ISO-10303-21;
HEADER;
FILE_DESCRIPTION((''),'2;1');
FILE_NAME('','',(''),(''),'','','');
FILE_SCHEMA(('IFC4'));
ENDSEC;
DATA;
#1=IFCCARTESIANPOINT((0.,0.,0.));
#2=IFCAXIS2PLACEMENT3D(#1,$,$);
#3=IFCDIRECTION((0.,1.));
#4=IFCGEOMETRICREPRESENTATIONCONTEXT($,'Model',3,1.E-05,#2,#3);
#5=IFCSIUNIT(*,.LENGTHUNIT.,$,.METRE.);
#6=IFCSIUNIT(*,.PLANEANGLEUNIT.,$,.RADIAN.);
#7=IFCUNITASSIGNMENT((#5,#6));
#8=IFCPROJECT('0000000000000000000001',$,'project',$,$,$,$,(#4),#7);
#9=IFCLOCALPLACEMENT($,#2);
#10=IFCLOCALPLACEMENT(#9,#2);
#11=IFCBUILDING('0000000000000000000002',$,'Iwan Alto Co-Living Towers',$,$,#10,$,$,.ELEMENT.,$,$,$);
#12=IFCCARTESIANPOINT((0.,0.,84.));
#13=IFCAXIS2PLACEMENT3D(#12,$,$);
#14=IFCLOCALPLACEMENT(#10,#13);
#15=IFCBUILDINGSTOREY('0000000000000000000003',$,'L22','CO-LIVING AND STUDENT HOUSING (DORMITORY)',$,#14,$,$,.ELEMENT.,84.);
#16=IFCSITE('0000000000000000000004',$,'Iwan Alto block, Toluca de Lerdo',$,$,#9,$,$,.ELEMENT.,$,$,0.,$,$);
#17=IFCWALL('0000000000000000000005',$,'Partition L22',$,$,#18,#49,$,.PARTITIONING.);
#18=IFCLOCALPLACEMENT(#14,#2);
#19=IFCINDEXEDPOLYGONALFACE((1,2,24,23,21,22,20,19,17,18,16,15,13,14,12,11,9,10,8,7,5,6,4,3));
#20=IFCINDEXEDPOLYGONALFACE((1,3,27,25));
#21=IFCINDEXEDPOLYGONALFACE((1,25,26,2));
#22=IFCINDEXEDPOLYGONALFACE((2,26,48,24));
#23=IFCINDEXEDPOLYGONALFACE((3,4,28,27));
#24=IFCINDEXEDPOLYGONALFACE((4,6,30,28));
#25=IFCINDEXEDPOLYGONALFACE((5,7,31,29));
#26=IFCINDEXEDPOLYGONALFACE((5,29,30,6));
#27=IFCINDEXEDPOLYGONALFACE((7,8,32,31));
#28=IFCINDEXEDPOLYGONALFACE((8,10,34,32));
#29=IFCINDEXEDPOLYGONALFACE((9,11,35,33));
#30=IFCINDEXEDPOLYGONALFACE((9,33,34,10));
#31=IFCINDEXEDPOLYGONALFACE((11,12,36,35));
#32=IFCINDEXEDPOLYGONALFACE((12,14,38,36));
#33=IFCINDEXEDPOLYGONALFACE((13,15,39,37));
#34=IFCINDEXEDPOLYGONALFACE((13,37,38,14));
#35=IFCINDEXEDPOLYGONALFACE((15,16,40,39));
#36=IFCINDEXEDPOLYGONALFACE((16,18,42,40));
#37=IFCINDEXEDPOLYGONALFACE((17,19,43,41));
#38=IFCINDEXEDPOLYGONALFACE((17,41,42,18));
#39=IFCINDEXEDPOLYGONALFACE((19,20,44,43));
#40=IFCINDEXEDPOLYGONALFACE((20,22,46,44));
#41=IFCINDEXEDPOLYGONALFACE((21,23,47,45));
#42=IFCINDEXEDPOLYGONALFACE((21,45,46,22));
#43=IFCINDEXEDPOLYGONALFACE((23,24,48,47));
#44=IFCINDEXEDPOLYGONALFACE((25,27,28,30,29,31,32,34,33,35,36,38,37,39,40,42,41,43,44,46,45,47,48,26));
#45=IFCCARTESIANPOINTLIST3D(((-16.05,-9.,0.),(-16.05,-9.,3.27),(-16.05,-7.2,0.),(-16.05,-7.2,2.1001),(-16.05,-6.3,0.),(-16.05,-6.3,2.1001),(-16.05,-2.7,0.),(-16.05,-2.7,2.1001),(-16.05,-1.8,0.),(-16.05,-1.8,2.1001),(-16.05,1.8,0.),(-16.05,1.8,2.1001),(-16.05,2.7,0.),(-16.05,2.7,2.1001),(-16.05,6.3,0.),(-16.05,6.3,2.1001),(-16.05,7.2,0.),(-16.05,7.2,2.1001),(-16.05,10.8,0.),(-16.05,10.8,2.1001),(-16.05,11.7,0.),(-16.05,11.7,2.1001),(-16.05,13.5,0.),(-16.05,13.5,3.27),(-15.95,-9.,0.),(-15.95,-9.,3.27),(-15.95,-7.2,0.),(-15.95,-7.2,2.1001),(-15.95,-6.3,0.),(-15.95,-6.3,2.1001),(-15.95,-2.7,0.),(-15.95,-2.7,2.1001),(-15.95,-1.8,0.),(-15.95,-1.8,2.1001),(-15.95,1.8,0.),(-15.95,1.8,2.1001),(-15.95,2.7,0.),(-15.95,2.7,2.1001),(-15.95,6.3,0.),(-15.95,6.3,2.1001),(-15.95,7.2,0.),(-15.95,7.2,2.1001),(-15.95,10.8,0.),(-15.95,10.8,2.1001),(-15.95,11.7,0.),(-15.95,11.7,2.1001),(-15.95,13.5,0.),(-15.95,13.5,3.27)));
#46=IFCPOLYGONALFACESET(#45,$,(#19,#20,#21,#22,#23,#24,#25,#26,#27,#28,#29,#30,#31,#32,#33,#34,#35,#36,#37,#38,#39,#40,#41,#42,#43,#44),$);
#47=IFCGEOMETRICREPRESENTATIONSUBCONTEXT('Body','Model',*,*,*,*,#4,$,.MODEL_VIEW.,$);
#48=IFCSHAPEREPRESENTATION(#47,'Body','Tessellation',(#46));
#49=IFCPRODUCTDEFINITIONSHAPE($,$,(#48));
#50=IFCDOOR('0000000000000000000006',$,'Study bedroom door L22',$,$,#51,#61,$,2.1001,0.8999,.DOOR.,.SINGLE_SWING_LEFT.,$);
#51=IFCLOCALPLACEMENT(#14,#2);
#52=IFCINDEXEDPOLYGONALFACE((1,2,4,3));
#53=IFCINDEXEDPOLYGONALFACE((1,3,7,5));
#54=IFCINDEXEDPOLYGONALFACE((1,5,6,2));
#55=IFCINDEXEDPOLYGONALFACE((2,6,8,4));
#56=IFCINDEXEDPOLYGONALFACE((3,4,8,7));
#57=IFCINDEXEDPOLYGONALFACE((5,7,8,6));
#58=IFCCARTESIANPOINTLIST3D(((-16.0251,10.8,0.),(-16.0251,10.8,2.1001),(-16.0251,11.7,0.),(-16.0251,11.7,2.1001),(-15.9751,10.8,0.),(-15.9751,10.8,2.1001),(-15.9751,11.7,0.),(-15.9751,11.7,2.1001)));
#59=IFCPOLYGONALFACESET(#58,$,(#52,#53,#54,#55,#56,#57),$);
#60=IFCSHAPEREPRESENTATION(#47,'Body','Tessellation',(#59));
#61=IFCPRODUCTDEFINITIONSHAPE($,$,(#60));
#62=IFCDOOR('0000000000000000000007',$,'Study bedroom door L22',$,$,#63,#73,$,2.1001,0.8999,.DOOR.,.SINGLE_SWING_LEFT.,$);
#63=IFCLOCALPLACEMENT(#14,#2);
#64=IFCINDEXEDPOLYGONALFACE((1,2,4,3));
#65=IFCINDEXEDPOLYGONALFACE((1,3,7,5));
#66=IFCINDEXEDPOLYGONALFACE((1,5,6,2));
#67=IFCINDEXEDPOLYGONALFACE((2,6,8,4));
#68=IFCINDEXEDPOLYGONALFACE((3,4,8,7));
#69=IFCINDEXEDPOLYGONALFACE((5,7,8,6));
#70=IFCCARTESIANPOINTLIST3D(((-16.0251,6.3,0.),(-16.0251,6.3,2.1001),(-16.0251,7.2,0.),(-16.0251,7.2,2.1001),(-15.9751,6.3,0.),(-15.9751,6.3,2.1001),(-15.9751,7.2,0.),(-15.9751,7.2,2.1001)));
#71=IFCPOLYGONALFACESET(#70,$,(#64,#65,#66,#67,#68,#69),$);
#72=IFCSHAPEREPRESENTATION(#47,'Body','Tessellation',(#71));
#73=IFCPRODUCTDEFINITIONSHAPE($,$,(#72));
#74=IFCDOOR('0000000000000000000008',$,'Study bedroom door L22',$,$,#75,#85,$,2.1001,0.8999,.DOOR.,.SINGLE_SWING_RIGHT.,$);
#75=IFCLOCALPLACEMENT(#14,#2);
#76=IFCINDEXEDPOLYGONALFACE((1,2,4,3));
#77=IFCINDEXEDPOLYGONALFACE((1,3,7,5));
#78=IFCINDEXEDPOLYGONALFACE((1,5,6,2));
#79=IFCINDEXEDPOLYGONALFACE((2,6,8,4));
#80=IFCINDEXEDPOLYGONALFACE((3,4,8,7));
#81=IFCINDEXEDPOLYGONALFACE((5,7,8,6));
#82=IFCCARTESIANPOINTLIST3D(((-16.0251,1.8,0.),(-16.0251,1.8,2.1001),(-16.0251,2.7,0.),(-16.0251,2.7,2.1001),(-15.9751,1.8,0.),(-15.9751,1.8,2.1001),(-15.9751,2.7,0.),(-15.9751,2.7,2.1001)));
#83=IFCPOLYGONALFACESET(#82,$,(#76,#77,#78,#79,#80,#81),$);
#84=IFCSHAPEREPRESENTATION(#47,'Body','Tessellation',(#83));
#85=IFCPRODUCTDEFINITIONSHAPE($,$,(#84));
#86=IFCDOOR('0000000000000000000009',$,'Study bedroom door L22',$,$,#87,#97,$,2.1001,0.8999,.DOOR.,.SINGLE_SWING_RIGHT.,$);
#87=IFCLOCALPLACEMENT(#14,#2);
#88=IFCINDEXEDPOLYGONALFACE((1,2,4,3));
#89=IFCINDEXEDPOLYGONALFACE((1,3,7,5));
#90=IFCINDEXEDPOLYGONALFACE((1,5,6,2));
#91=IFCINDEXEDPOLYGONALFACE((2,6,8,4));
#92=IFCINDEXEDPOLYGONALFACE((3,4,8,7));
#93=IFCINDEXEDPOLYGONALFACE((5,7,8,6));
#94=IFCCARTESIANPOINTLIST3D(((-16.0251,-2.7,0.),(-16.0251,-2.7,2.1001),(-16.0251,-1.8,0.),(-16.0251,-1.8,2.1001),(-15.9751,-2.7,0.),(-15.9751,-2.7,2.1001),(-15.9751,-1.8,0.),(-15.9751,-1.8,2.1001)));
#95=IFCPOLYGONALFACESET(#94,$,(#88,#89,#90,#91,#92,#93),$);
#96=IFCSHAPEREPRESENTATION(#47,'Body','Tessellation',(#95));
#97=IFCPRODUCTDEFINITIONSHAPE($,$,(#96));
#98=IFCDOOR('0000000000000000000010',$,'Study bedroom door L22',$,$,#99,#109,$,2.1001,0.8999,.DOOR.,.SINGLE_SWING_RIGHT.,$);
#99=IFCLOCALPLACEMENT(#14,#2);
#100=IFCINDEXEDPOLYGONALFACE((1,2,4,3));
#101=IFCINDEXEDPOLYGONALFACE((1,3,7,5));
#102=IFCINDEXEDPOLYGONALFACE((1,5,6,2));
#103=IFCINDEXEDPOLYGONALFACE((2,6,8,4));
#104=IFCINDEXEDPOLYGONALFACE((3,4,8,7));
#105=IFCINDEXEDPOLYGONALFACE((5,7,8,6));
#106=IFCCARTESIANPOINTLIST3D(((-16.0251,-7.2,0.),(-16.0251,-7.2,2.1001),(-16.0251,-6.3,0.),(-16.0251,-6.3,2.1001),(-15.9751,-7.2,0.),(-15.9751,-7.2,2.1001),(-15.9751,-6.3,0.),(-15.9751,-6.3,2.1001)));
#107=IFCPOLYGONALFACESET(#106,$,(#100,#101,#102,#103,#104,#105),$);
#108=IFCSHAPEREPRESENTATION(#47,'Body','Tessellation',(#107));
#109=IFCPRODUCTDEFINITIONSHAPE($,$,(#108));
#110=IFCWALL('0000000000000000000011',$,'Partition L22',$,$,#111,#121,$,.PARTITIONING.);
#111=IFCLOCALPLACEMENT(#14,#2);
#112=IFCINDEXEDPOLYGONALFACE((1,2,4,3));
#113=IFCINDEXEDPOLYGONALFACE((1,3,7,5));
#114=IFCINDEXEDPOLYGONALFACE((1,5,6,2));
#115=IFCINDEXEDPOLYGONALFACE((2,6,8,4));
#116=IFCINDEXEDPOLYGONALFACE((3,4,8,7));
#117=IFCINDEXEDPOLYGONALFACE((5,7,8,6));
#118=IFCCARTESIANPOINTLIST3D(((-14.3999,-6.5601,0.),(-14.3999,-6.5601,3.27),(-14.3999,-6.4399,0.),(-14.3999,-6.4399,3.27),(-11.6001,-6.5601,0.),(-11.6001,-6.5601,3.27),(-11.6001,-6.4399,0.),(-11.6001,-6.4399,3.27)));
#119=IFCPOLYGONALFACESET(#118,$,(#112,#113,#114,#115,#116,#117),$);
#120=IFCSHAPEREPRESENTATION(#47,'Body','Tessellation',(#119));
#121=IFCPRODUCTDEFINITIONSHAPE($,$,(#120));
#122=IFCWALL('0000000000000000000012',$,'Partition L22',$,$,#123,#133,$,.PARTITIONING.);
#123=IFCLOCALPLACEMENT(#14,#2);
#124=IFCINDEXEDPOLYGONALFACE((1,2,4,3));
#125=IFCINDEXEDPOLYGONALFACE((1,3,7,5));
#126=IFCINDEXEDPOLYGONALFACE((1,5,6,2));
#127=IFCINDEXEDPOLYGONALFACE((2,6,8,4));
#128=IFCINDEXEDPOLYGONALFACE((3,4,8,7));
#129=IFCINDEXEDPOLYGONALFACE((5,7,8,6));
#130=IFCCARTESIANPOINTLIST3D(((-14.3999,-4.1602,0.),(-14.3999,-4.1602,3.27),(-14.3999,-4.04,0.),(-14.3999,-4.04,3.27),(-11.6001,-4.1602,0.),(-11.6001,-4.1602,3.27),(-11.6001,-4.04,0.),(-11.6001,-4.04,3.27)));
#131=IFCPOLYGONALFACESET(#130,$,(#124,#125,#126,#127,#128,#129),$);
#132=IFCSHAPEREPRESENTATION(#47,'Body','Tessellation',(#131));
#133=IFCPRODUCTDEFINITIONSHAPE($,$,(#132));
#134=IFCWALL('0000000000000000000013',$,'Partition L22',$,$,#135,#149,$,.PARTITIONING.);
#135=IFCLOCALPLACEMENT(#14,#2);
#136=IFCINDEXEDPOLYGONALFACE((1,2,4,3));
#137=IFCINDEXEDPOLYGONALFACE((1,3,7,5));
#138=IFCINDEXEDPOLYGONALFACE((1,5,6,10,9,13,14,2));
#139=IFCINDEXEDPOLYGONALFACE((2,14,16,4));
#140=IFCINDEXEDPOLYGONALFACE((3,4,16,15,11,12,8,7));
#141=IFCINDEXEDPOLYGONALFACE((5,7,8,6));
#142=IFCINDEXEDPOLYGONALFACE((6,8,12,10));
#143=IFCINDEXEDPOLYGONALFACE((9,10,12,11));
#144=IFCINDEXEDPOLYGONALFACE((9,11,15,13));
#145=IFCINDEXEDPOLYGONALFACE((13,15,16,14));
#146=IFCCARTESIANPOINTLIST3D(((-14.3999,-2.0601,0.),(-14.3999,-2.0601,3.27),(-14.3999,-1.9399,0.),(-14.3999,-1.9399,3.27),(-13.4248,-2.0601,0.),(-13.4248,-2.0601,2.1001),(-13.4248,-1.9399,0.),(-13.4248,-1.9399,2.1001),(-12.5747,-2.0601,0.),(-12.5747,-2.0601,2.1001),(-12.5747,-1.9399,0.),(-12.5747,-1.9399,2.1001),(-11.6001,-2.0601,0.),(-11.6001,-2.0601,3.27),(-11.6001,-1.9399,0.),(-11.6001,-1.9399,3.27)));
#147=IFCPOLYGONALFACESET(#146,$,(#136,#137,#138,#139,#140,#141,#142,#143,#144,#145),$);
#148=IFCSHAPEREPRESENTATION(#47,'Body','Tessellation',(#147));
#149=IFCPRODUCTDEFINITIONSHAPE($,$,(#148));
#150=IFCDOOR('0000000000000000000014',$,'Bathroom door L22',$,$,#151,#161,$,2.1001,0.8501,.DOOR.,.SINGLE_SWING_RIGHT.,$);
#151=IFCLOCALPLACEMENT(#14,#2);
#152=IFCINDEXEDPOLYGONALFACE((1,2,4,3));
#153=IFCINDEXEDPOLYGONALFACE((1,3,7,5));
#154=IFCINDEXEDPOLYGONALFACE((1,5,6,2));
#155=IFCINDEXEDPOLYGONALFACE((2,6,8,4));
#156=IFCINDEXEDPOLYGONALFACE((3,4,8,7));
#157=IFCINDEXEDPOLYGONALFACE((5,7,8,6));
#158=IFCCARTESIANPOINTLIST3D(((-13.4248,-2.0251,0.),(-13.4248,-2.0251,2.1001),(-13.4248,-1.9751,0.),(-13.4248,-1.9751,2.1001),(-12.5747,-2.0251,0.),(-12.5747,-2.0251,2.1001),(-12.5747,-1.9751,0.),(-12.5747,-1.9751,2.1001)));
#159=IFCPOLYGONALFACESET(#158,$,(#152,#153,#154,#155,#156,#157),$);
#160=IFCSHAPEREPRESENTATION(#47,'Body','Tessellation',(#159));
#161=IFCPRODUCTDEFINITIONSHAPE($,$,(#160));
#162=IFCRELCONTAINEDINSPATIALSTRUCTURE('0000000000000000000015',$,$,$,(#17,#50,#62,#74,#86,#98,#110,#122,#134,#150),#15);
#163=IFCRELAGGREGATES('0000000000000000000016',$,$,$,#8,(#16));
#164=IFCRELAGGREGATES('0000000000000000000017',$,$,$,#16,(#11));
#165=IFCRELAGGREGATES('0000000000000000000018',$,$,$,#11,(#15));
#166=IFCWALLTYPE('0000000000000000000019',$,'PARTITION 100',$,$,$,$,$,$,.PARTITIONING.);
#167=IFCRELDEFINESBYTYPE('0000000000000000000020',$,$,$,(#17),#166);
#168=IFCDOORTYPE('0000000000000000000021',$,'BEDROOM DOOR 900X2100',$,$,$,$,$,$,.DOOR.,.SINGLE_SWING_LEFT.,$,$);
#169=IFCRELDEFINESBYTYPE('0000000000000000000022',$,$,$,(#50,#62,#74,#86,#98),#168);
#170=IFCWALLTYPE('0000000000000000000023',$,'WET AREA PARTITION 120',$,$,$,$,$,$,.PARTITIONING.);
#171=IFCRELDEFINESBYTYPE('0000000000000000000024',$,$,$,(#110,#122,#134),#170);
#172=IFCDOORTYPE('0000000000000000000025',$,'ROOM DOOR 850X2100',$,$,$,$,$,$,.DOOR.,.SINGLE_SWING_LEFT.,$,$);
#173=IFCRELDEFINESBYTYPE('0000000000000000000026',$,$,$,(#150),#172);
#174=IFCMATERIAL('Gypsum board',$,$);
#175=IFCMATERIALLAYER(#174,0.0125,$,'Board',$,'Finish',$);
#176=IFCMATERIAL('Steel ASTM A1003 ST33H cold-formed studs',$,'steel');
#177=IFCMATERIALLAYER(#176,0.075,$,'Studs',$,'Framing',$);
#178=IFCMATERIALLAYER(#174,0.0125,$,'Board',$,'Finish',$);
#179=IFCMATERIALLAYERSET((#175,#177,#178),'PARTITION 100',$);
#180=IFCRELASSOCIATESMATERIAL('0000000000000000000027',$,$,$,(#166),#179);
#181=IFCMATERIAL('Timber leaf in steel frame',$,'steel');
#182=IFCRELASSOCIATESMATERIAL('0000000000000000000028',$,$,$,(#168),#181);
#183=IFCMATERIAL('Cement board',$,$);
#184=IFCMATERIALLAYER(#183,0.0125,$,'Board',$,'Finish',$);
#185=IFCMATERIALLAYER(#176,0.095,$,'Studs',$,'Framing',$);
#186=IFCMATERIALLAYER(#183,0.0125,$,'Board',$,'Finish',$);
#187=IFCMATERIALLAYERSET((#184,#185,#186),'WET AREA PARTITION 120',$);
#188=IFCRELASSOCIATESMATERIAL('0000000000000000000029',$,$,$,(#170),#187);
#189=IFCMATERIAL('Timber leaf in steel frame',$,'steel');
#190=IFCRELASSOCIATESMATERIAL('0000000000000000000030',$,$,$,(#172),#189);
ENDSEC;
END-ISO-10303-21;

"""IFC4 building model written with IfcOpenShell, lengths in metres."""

from ifc_helpers import new_model, si_unit, direction, frame, frame_2d, origin, place, context, subcontext, project, spatial, rectangle, extrude, material, layer, layer_set, type_object, element, fill, save


model = new_model("IFC4")

# Units and contexts
model_context = context("Model", 3, precision=1e-05, world=origin(), true_north=direction((0.0, 1.0)))
body_context = subcontext(model_context, "Body", "Model", "MODEL_VIEW")
ifc_project = project(units=[si_unit("LENGTHUNIT", "METRE"), si_unit("PLANEANGLEUNIT", "RADIAN")], contexts=[model_context])

# Site, building, storey
site_placement = place(None, origin())
site = spatial("IfcSite", under=ifc_project, at=site_placement, Name="Iwan Alto block, Toluca de Lerdo", CompositionType="ELEMENT", RefElevation=0.0)
building_placement = place(site_placement, origin())
building = spatial("IfcBuilding", under=site, at=building_placement, Name="Iwan Alto Co-Living Towers", CompositionType="ELEMENT")
storey_placement = place(building_placement, frame((0.0, 0.0, 84.0)))
storey = spatial("IfcBuildingStorey", under=building, at=storey_placement, Name="L22", Description="CO-LIVING AND STUDENT HOUSING (DORMITORY)", CompositionType="ELEMENT", Elevation=84.0)

# Shared definitions
ifc_material_1 = material(Name="Gypsum board")
ifc_material_2 = material(Name="Steel ASTM A1003 ST33H cold-formed studs", Category="steel")

# Wall, openings, doors
ifc_layer_1 = layer(ifc_material_1, 0.0125, Name="Board", Category="Finish")
ifc_layer_2 = layer(ifc_material_2, 0.075, Name="Studs", Category="Framing")
ifc_layer_3 = layer(ifc_material_1, 0.0125, Name="Board", Category="Finish")
ifc_layer_set_1 = layer_set([ifc_layer_1, ifc_layer_2, ifc_layer_3], Name="PARTITION 100")
wall_type_1 = type_object("IfcWallType", Name="PARTITION 100", PredefinedType="PARTITIONING", material=ifc_layer_set_1)
wall_1_placement = place(storey_placement, frame((-16.0, -9.0, 0.0), z_axis=(0.0, 0.0, 1.0), x_axis=(0.0, 1.0, 0.0)))
wall_1 = element("IfcWall", 1, at=wall_1_placement, inside=storey, type_object=wall_type_1, Name="Partition L22", PredefinedType="PARTITIONING", context=body_context, shape_type="SweptSolid", body=[
    extrude(rectangle(XDim=22.5, YDim=0.1001, at=frame_2d((11.25, 0.0))), origin(), (0.0, 0.0, 1.0), 3.27),
])
opening_1_placement = place(wall_1_placement, frame((19.8, 0.0, 0.0)))
opening_1 = element("IfcOpeningElement", 2, at=opening_1_placement, cuts=wall_1, PredefinedType="OPENING", context=body_context, shape_type="SweptSolid", body=[
    extrude(rectangle(XDim=0.8999, YDim=2.1001, at=frame_2d((0.45, 1.05))), frame((0.0, 0.0601, 0.0), z_axis=(0.0, -1.0, 0.0), x_axis=(1.0, 0.0, 0.0)), (0.0, 0.0, 1.0), 0.1201),
])
opening_2_placement = place(wall_1_placement, frame((15.3, 0.0, 0.0)))
opening_2 = element("IfcOpeningElement", 3, at=opening_2_placement, cuts=wall_1, PredefinedType="OPENING", context=body_context, shape_type="SweptSolid", body=[
    extrude(rectangle(XDim=0.8999, YDim=2.1001, at=frame_2d((0.45, 1.05))), frame((0.0, 0.0601, 0.0), z_axis=(0.0, -1.0, 0.0), x_axis=(1.0, 0.0, 0.0)), (0.0, 0.0, 1.0), 0.1201),
])
opening_3_placement = place(wall_1_placement, frame((10.8, 0.0, 0.0)))
opening_3 = element("IfcOpeningElement", 4, at=opening_3_placement, cuts=wall_1, PredefinedType="OPENING", context=body_context, shape_type="SweptSolid", body=[
    extrude(rectangle(XDim=0.8999, YDim=2.1001, at=frame_2d((0.45, 1.05))), frame((0.0, 0.0601, 0.0), z_axis=(0.0, -1.0, 0.0), x_axis=(1.0, 0.0, 0.0)), (0.0, 0.0, 1.0), 0.1201),
])
opening_4_placement = place(wall_1_placement, frame((6.3, 0.0, 0.0)))
opening_4 = element("IfcOpeningElement", 5, at=opening_4_placement, cuts=wall_1, PredefinedType="OPENING", context=body_context, shape_type="SweptSolid", body=[
    extrude(rectangle(XDim=0.8999, YDim=2.1001, at=frame_2d((0.45, 1.05))), frame((0.0, 0.0601, 0.0), z_axis=(0.0, -1.0, 0.0), x_axis=(1.0, 0.0, 0.0)), (0.0, 0.0, 1.0), 0.1201),
])
opening_5_placement = place(wall_1_placement, frame((1.8, 0.0, 0.0)))
opening_5 = element("IfcOpeningElement", 6, at=opening_5_placement, cuts=wall_1, PredefinedType="OPENING", context=body_context, shape_type="SweptSolid", body=[
    extrude(rectangle(XDim=0.8999, YDim=2.1001, at=frame_2d((0.45, 1.05))), frame((0.0, 0.0601, 0.0), z_axis=(0.0, -1.0, 0.0), x_axis=(1.0, 0.0, 0.0)), (0.0, 0.0, 1.0), 0.1201),
])
ifc_material_3 = material(Name="Timber leaf in steel frame", Category="steel")
door_type_1 = type_object("IfcDoorType", Name="BEDROOM DOOR 900X2100", OperationType="SINGLE_SWING_LEFT", PredefinedType="DOOR", material=ifc_material_3)
door_1_placement = place(opening_1_placement, frame((0.8999, 0.0, 0.0), z_axis=(0.0, 0.0, 1.0), x_axis=(-1.0, 0.0, 0.0)))
door_1 = element("IfcDoor", 7, at=door_1_placement, inside=storey, type_object=door_type_1, Name="Study bedroom door L22", OperationType="SINGLE_SWING_LEFT", OverallHeight=2.1001, OverallWidth=0.8999, PredefinedType="DOOR", context=body_context, shape_type="SweptSolid", body=[
    extrude(rectangle(XDim=0.8999, YDim=2.1001, at=frame_2d((0.45, 1.05))), frame((0.0, 0.0249, 0.0), z_axis=(0.0, -1.0, 0.0), x_axis=(1.0, 0.0, 0.0)), (0.0, 0.0, 1.0), 0.05),
])
fill(opening_1, door_1)
door_2_placement = place(opening_2_placement, frame((0.8999, 0.0, 0.0), z_axis=(0.0, 0.0, 1.0), x_axis=(-1.0, 0.0, 0.0)))
door_2 = element("IfcDoor", 8, at=door_2_placement, inside=storey, type_object=door_type_1, Name="Study bedroom door L22", OperationType="SINGLE_SWING_LEFT", OverallHeight=2.1001, OverallWidth=0.8999, PredefinedType="DOOR", context=body_context, shape_type="SweptSolid", body=[
    extrude(rectangle(XDim=0.8999, YDim=2.1001, at=frame_2d((0.45, 1.05))), frame((0.0, 0.0249, 0.0), z_axis=(0.0, -1.0, 0.0), x_axis=(1.0, 0.0, 0.0)), (0.0, 0.0, 1.0), 0.05),
])
fill(opening_2, door_2)
door_3_placement = place(opening_3_placement, frame((0.8999, 0.0, 0.0), z_axis=(0.0, 0.0, 1.0), x_axis=(-1.0, 0.0, 0.0)))
door_3 = element("IfcDoor", 9, at=door_3_placement, inside=storey, type_object=door_type_1, Name="Study bedroom door L22", OperationType="SINGLE_SWING_RIGHT", OverallHeight=2.1001, OverallWidth=0.8999, PredefinedType="DOOR", context=body_context, shape_type="SweptSolid", body=[
    extrude(rectangle(XDim=0.8999, YDim=2.1001, at=frame_2d((0.45, 1.05))), frame((0.0, 0.0249, 0.0), z_axis=(0.0, -1.0, 0.0), x_axis=(1.0, 0.0, 0.0)), (0.0, 0.0, 1.0), 0.05),
])
fill(opening_3, door_3)
door_4_placement = place(opening_4_placement, frame((0.8999, 0.0, 0.0), z_axis=(0.0, 0.0, 1.0), x_axis=(-1.0, 0.0, 0.0)))
door_4 = element("IfcDoor", 10, at=door_4_placement, inside=storey, type_object=door_type_1, Name="Study bedroom door L22", OperationType="SINGLE_SWING_RIGHT", OverallHeight=2.1001, OverallWidth=0.8999, PredefinedType="DOOR", context=body_context, shape_type="SweptSolid", body=[
    extrude(rectangle(XDim=0.8999, YDim=2.1001, at=frame_2d((0.45, 1.05))), frame((0.0, 0.0249, 0.0), z_axis=(0.0, -1.0, 0.0), x_axis=(1.0, 0.0, 0.0)), (0.0, 0.0, 1.0), 0.05),
])
fill(opening_4, door_4)
door_5_placement = place(opening_5_placement, frame((0.8999, 0.0, 0.0), z_axis=(0.0, 0.0, 1.0), x_axis=(-1.0, 0.0, 0.0)))
door_5 = element("IfcDoor", 11, at=door_5_placement, inside=storey, type_object=door_type_1, Name="Study bedroom door L22", OperationType="SINGLE_SWING_RIGHT", OverallHeight=2.1001, OverallWidth=0.8999, PredefinedType="DOOR", context=body_context, shape_type="SweptSolid", body=[
    extrude(rectangle(XDim=0.8999, YDim=2.1001, at=frame_2d((0.45, 1.05))), frame((0.0, 0.0249, 0.0), z_axis=(0.0, -1.0, 0.0), x_axis=(1.0, 0.0, 0.0)), (0.0, 0.0, 1.0), 0.05),
])
fill(opening_5, door_5)

# Walls
ifc_material_4 = material(Name="Cement board")
ifc_layer_4 = layer(ifc_material_4, 0.0125, Name="Board", Category="Finish")
ifc_layer_5 = layer(ifc_material_2, 0.095, Name="Studs", Category="Framing")
ifc_layer_6 = layer(ifc_material_4, 0.0125, Name="Board", Category="Finish")
ifc_layer_set_2 = layer_set([ifc_layer_4, ifc_layer_5, ifc_layer_6], Name="WET AREA PARTITION 120")
wall_type_2 = type_object("IfcWallType", Name="WET AREA PARTITION 120", PredefinedType="PARTITIONING", material=ifc_layer_set_2)
for number, where, z_axis, x_axis, name in (
    (12, (-14.3999, -6.5, 0.0), (0.0, 0.0, 1.0), (1.0, 0.0, 0.0), "Partition L22"),
    (13, (-14.3999, -4.1001, 0.0), (0.0, 0.0, 1.0), (1.0, 0.0, 0.0), "Partition L22"),
):
    element("IfcWall", number, at=place(storey_placement, frame(where, z_axis=z_axis, x_axis=x_axis)), inside=storey, type_object=wall_type_2, Name=name, PredefinedType="PARTITIONING", context=body_context, shape_type="SweptSolid", body=[
        extrude(rectangle(XDim=2.7998, YDim=0.1201, at=frame_2d((1.3999, 0.0))), origin(), (0.0, 0.0, 1.0), 3.27),
    ])

# Wall, opening, door
wall_2_placement = place(storey_placement, frame((-14.3999, -2.0, 0.0), z_axis=(0.0, 0.0, 1.0), x_axis=(1.0, 0.0, 0.0)))
wall_2 = element("IfcWall", 14, at=wall_2_placement, inside=storey, type_object=wall_type_2, Name="Partition L22", PredefinedType="PARTITIONING", context=body_context, shape_type="SweptSolid", body=[
    extrude(rectangle(XDim=2.7998, YDim=0.1201, at=frame_2d((1.3999, 0.0))), origin(), (0.0, 0.0, 1.0), 3.27),
])
opening_6_placement = place(wall_2_placement, frame((0.9751, 0.0, 0.0)))
opening_6 = element("IfcOpeningElement", 15, at=opening_6_placement, cuts=wall_2, PredefinedType="OPENING", context=body_context, shape_type="SweptSolid", body=[
    extrude(rectangle(XDim=0.8501, YDim=2.1001, at=frame_2d((0.425, 1.05))), frame((0.0, 0.0701, 0.0), z_axis=(0.0, -1.0, 0.0), x_axis=(1.0, 0.0, 0.0)), (0.0, 0.0, 1.0), 0.1401),
])
ifc_material_5 = material(Name="Timber leaf in steel frame", Category="steel")
door_type_2 = type_object("IfcDoorType", Name="ROOM DOOR 850X2100", OperationType="SINGLE_SWING_LEFT", PredefinedType="DOOR", material=ifc_material_5)
door_6_placement = place(opening_6_placement, origin())
door_6 = element("IfcDoor", 16, at=door_6_placement, inside=storey, type_object=door_type_2, Name="Bathroom door L22", OperationType="SINGLE_SWING_RIGHT", OverallHeight=2.1001, OverallWidth=0.8501, PredefinedType="DOOR", context=body_context, shape_type="SweptSolid", body=[
    extrude(rectangle(XDim=0.8501, YDim=2.1001, at=frame_2d((0.425, 1.05))), frame((0.0, 0.0249, 0.0), z_axis=(0.0, -1.0, 0.0), x_axis=(1.0, 0.0, 0.0)), (0.0, 0.0, 1.0), 0.05),
])
fill(opening_6, door_6)

save(model, "model.ifc")
